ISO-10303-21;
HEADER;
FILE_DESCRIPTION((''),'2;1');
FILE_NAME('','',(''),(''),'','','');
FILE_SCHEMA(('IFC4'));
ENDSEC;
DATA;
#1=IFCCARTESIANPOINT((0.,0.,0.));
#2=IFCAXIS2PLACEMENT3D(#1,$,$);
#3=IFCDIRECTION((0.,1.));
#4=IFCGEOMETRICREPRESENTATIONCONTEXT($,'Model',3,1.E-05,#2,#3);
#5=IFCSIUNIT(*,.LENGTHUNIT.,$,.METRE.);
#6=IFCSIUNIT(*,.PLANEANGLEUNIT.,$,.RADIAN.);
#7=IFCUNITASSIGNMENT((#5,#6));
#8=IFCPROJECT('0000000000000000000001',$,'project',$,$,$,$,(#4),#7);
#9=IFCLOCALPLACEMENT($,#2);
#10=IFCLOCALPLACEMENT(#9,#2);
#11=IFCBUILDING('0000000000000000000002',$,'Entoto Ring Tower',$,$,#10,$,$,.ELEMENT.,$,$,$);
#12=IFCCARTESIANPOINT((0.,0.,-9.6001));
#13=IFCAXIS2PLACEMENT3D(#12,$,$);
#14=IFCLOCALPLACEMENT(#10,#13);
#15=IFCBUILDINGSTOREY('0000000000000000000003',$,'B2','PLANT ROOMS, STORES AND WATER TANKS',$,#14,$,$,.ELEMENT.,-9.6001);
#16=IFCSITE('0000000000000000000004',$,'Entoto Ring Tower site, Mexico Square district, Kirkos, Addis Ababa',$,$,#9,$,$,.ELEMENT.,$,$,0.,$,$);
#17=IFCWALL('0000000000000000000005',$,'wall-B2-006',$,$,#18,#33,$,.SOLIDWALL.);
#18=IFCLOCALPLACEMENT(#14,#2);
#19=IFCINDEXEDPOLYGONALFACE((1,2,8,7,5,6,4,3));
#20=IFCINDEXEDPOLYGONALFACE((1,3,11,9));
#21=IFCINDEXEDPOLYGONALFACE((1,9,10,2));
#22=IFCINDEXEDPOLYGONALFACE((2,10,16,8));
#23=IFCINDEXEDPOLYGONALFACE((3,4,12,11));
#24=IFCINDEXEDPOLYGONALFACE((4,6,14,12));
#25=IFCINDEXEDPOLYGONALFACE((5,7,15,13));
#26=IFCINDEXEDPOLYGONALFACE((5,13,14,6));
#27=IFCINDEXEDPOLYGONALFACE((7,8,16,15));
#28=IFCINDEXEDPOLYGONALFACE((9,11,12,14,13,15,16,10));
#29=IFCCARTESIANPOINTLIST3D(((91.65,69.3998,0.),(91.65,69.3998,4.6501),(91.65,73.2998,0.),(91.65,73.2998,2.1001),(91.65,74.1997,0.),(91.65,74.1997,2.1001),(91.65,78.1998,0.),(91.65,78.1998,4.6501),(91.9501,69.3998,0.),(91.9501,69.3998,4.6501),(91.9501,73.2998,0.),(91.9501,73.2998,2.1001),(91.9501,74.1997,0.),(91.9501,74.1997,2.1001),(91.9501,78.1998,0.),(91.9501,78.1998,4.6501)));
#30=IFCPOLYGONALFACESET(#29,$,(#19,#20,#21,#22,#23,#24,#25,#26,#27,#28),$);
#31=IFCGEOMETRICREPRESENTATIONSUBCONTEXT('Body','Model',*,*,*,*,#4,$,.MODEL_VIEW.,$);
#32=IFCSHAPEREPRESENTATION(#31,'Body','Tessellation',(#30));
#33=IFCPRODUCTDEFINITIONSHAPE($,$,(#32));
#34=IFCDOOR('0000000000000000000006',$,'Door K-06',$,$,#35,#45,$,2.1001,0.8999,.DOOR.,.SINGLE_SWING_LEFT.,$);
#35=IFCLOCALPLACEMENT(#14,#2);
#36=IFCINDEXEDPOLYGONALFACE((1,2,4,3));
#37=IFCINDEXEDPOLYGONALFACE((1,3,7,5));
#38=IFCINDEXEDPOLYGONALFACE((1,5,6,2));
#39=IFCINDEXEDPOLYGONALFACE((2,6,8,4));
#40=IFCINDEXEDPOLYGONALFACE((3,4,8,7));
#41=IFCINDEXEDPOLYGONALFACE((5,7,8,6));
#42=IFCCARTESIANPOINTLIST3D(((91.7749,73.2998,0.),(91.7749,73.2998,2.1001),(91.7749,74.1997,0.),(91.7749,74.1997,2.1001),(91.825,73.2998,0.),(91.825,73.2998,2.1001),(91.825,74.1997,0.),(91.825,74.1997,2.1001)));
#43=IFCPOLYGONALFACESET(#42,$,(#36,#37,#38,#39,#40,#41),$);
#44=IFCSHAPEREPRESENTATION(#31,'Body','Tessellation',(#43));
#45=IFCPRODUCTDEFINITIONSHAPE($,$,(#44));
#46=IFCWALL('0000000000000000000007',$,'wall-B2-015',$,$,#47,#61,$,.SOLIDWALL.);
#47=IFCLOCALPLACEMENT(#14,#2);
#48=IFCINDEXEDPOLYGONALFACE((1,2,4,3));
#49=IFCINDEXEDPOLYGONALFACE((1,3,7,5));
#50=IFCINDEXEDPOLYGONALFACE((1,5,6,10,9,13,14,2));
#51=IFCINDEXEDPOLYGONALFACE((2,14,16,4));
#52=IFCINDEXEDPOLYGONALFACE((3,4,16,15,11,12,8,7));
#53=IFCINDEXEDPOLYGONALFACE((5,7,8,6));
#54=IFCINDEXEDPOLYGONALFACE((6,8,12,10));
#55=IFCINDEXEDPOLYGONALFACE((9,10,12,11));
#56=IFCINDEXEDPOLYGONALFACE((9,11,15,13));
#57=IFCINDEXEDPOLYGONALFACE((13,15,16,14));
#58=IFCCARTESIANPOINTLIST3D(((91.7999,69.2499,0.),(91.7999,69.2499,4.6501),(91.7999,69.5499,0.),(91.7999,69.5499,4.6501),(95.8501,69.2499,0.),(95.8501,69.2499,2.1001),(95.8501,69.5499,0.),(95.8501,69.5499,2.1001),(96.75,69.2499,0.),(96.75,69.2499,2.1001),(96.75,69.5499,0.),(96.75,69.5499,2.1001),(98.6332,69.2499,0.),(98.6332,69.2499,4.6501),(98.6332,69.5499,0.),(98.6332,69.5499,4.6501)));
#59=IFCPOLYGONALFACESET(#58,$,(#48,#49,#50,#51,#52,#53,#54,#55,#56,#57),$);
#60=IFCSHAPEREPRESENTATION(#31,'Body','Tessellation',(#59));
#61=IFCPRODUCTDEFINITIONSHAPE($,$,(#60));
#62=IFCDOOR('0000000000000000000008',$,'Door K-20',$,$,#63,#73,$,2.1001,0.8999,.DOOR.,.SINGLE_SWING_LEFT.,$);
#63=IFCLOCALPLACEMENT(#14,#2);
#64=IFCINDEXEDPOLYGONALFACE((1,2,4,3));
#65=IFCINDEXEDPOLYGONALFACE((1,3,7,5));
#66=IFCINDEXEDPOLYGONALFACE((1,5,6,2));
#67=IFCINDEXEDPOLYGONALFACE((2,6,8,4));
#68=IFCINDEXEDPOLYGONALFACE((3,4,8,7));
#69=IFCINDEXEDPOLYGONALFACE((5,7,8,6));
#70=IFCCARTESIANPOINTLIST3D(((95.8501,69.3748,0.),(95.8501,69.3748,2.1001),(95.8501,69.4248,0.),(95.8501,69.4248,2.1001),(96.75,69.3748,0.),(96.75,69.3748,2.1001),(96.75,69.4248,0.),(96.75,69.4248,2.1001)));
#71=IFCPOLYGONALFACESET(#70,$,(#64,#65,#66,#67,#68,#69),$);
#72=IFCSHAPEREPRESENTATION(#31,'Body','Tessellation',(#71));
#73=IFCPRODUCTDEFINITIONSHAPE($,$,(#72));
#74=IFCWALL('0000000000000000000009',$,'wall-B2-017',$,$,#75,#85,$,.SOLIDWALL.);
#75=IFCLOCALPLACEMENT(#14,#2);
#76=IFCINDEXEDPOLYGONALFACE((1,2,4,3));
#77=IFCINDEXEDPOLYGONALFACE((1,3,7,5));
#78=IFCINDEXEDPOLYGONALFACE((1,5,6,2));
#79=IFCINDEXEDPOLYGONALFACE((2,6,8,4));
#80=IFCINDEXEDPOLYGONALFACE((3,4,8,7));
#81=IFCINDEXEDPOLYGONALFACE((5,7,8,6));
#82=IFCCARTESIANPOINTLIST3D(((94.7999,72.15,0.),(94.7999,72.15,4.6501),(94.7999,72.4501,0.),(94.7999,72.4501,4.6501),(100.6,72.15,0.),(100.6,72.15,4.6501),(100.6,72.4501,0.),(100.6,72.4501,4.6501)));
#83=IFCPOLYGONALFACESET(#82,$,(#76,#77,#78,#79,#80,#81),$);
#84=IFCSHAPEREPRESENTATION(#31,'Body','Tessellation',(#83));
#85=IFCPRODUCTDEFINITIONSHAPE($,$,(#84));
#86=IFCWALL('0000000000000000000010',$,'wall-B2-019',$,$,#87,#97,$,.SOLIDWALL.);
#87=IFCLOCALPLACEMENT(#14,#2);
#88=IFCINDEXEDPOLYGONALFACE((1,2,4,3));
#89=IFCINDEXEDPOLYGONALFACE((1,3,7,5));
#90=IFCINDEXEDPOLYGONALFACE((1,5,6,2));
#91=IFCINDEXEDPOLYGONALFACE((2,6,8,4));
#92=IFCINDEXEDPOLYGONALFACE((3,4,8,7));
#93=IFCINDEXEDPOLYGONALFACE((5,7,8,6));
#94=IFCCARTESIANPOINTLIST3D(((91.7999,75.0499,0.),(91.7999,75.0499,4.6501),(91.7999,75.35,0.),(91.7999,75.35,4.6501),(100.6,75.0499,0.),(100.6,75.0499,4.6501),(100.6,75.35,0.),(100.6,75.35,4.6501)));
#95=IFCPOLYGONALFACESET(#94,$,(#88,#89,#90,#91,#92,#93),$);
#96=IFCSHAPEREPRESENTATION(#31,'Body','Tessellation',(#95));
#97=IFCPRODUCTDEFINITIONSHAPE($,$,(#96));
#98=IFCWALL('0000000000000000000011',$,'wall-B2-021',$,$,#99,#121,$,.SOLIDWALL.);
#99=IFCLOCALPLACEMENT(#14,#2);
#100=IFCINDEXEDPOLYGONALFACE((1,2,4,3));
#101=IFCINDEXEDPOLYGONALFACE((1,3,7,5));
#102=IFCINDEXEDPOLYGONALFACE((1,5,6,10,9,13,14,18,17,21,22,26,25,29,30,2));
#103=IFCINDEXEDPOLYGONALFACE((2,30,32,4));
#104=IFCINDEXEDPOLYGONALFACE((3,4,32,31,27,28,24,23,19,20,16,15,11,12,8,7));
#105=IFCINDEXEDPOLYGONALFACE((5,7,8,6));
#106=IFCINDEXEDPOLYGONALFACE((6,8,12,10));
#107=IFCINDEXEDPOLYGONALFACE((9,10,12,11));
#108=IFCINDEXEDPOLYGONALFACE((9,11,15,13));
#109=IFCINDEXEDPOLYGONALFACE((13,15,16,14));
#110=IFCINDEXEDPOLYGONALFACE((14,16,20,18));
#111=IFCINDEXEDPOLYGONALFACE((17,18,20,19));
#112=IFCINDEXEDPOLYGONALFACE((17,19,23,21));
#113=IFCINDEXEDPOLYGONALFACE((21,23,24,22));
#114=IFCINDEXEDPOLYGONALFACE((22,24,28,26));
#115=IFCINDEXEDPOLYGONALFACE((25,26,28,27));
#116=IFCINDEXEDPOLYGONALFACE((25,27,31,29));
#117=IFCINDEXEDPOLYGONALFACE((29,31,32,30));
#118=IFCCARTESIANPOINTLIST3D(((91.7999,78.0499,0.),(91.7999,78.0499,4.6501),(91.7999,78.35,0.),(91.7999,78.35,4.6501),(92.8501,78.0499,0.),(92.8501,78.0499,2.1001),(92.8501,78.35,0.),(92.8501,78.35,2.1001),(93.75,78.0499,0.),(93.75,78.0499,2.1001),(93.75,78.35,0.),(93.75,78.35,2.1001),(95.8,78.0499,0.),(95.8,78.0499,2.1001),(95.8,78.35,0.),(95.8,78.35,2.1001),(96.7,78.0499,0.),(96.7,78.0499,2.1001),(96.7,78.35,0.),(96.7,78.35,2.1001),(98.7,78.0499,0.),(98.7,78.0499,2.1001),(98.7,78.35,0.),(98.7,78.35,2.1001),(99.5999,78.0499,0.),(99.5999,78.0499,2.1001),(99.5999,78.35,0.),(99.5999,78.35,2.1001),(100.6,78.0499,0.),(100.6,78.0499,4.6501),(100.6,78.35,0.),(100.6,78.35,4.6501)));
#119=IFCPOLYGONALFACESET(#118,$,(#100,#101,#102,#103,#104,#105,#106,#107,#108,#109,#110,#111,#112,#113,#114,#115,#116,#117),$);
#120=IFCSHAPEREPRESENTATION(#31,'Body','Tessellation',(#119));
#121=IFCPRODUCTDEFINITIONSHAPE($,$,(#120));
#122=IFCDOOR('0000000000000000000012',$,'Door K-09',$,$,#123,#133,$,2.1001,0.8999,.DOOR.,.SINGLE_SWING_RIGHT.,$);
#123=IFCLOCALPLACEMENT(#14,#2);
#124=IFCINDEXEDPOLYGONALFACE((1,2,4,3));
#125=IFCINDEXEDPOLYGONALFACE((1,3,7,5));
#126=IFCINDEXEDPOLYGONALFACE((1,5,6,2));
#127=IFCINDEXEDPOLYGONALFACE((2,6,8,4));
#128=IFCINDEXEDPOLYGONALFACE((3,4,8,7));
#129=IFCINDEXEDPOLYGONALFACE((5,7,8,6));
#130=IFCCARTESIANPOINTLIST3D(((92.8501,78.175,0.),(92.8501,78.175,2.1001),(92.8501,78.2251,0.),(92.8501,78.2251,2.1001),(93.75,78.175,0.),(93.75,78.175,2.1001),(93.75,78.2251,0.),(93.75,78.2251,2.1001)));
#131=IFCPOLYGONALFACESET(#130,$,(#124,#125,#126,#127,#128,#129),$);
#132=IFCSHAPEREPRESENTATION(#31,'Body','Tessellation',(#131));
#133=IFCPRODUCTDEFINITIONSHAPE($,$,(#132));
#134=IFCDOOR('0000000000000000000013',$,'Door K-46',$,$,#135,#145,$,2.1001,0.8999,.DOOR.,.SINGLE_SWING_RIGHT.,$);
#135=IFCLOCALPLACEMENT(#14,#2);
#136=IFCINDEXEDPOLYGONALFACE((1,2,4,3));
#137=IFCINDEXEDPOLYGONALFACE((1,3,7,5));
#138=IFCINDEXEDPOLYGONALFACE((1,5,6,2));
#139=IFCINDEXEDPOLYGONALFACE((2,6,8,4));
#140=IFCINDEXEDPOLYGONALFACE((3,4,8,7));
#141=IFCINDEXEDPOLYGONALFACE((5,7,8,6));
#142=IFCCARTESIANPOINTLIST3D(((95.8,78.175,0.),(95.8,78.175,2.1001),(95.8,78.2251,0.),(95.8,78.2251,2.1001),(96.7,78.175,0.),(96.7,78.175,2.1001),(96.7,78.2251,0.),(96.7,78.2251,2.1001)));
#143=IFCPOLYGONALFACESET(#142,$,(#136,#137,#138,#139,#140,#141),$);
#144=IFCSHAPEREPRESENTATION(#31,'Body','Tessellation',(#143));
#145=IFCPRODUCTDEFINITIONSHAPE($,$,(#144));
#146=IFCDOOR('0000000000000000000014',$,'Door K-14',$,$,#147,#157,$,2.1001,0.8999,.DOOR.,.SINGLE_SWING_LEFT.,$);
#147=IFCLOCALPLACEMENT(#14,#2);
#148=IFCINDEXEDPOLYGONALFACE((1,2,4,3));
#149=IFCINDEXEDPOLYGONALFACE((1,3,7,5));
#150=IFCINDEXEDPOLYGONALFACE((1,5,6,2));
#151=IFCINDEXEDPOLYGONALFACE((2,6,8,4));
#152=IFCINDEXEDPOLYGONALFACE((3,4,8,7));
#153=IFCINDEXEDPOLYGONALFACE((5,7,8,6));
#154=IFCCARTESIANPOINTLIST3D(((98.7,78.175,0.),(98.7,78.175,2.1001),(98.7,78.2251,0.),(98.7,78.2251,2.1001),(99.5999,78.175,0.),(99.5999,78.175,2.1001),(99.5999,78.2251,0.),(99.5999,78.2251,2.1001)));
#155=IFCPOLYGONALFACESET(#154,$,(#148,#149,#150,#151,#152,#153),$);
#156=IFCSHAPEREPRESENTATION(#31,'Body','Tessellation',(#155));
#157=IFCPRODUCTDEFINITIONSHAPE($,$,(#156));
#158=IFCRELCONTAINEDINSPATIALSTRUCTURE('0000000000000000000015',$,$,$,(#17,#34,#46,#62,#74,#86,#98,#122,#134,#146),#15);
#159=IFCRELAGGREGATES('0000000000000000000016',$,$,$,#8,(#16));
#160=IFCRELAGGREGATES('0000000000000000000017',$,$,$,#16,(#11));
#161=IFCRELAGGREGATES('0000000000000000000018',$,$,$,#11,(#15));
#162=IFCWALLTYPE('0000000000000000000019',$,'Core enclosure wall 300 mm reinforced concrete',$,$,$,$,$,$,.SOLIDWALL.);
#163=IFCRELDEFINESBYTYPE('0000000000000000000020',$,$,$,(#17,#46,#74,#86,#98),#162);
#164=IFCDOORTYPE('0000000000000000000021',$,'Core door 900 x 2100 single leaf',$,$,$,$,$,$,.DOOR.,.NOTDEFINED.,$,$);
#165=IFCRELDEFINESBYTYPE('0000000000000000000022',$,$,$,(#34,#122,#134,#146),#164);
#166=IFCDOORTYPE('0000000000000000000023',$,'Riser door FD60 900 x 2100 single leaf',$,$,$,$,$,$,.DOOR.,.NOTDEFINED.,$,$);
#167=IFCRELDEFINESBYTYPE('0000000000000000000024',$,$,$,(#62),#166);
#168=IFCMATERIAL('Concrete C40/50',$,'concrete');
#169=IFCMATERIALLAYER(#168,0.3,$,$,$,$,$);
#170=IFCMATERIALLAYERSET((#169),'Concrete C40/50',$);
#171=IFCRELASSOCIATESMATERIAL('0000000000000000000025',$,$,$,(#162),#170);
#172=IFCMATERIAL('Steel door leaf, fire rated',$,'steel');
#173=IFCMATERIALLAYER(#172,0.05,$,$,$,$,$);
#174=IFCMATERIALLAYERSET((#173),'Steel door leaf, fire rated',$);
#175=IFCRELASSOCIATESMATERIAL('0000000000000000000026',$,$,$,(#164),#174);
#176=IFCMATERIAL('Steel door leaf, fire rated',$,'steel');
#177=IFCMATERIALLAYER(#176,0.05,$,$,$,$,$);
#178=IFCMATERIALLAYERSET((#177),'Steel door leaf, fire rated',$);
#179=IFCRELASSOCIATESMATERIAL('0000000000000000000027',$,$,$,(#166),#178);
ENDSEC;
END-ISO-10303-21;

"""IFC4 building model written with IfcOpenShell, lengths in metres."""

from ifc_helpers import new_model, si_unit, direction, frame, frame_2d, origin, place, context, subcontext, project, spatial, rectangle, extrude, material, layer, layer_set, type_object, element, fill, save


model = new_model("IFC4")

# Units and contexts
model_context = context("Model", 3, precision=1e-05, world=origin(), true_north=direction((0.0, 1.0)))
body_context = subcontext(model_context, "Body", "Model", "MODEL_VIEW")
ifc_project = project(units=[si_unit("LENGTHUNIT", "METRE"), si_unit("PLANEANGLEUNIT", "RADIAN")], contexts=[model_context])

# Site, building, storey
site_placement = place(None, origin())
site = spatial("IfcSite", under=ifc_project, at=site_placement, Name="Entoto Ring Tower site, Mexico Square district, Kirkos, Addis Ababa", CompositionType="ELEMENT", RefElevation=0.0)
building_placement = place(site_placement, origin())
building = spatial("IfcBuilding", under=site, at=building_placement, Name="Entoto Ring Tower", CompositionType="ELEMENT")
storey_placement = place(building_placement, frame((0.0, 0.0, -9.6001)))
storey = spatial("IfcBuildingStorey", under=building, at=storey_placement, Name="B2", Description="PLANT ROOMS, STORES AND WATER TANKS", CompositionType="ELEMENT", Elevation=-9.6001)

# Shared definitions
ifc_material_1 = material(Name="Concrete C40/50", Category="concrete")
ifc_layer_1 = layer(ifc_material_1, 0.3)
ifc_layer_set_1 = layer_set([ifc_layer_1], Name="Concrete C40/50")
wall_type_1 = type_object("IfcWallType", Name="Core enclosure wall 300 mm reinforced concrete", PredefinedType="SOLIDWALL", material=ifc_layer_set_1)

# Walls, openings, doors
wall_1_placement = place(storey_placement, frame((91.8, 69.3999, 0.0), z_axis=(0.0, 0.0, 1.0), x_axis=(0.0, 1.0, 0.0)))
wall_1 = element("IfcWall", 1, at=wall_1_placement, inside=storey, type_object=wall_type_1, Name="wall-B2-006", PredefinedType="SOLIDWALL", context=body_context, shape_type="SweptSolid", body=[
    extrude(rectangle(XDim=8.8, YDim=0.3, at=frame_2d((4.3999, 0.0))), origin(), (0.0, 0.0, 1.0), 4.6501),
])
opening_1_placement = place(wall_1_placement, frame((3.8999, 0.0, 0.0)))
opening_1 = element("IfcOpeningElement", 2, at=opening_1_placement, cuts=wall_1, PredefinedType="OPENING", context=body_context, shape_type="SweptSolid", body=[
    extrude(rectangle(XDim=0.8999, YDim=2.1001, at=frame_2d((0.45, 1.05))), frame((0.0, 0.1602, 0.0), z_axis=(0.0, -1.0, 0.0), x_axis=(1.0, 0.0, 0.0)), (0.0, 0.0, 1.0), 0.3201),
])
ifc_material_2 = material(Name="Steel door leaf, fire rated", Category="steel")
ifc_layer_2 = layer(ifc_material_2, 0.05)
ifc_layer_set_2 = layer_set([ifc_layer_2], Name="Steel door leaf, fire rated")
door_type_1 = type_object("IfcDoorType", Name="Core door 900 x 2100 single leaf", OperationType="NOTDEFINED", PredefinedType="DOOR", material=ifc_layer_set_2)
door_1_placement = place(opening_1_placement, frame((0.8999, 0.0, 0.0), z_axis=(0.0, 0.0, 1.0), x_axis=(-1.0, 0.0, 0.0)))
door_1 = element("IfcDoor", 3, at=door_1_placement, inside=storey, type_object=door_type_1, Name="Door K-06", OperationType="SINGLE_SWING_LEFT", OverallHeight=2.1001, OverallWidth=0.8999, PredefinedType="DOOR", context=body_context, shape_type="SweptSolid", body=[
    extrude(rectangle(XDim=0.8999, YDim=2.1001, at=frame_2d((0.45, 1.05))), frame((0.0, 0.0249, 0.0), z_axis=(0.0, -1.0, 0.0), x_axis=(1.0, 0.0, 0.0)), (0.0, 0.0, 1.0), 0.05),
])
fill(opening_1, door_1)
wall_2_placement = place(storey_placement, frame((91.8, 69.3999, 0.0), z_axis=(0.0, 0.0, 1.0), x_axis=(1.0, 0.0, 0.0)))
wall_2 = element("IfcWall", 4, at=wall_2_placement, inside=storey, type_object=wall_type_1, Name="wall-B2-015", PredefinedType="SOLIDWALL", context=body_context, shape_type="SweptSolid", body=[
    extrude(rectangle(XDim=6.8333, YDim=0.3, at=frame_2d((3.4165, 0.0))), origin(), (0.0, 0.0, 1.0), 4.6501),
])
opening_2_placement = place(wall_2_placement, frame((4.05, 0.0, 0.0)))
opening_2 = element("IfcOpeningElement", 5, at=opening_2_placement, cuts=wall_2, PredefinedType="OPENING", context=body_context, shape_type="SweptSolid", body=[
    extrude(rectangle(XDim=0.8999, YDim=2.1001, at=frame_2d((0.45, 1.05))), frame((0.0, 0.1602, 0.0), z_axis=(0.0, -1.0, 0.0), x_axis=(1.0, 0.0, 0.0)), (0.0, 0.0, 1.0), 0.3201),
])
ifc_material_3 = material(Name="Steel door leaf, fire rated", Category="steel")
ifc_layer_3 = layer(ifc_material_3, 0.05)
ifc_layer_set_3 = layer_set([ifc_layer_3], Name="Steel door leaf, fire rated")
door_type_2 = type_object("IfcDoorType", Name="Riser door FD60 900 x 2100 single leaf", OperationType="NOTDEFINED", PredefinedType="DOOR", material=ifc_layer_set_3)
door_2_placement = place(opening_2_placement, origin())
door_2 = element("IfcDoor", 6, at=door_2_placement, inside=storey, type_object=door_type_2, Name="Door K-20", OperationType="SINGLE_SWING_LEFT", OverallHeight=2.1001, OverallWidth=0.8999, PredefinedType="DOOR", context=body_context, shape_type="SweptSolid", body=[
    extrude(rectangle(XDim=0.8999, YDim=2.1001, at=frame_2d((0.45, 1.05))), frame((0.0, 0.0249, 0.0), z_axis=(0.0, -1.0, 0.0), x_axis=(1.0, 0.0, 0.0)), (0.0, 0.0, 1.0), 0.05),
])
fill(opening_2, door_2)

# Walls
wall_3_placement = place(storey_placement, frame((94.8, 72.3, 0.0), z_axis=(0.0, 0.0, 1.0), x_axis=(1.0, 0.0, 0.0)))
element("IfcWall", 7, at=wall_3_placement, inside=storey, type_object=wall_type_1, Name="wall-B2-017", PredefinedType="SOLIDWALL", context=body_context, shape_type="SweptSolid", body=[
    extrude(rectangle(XDim=5.8, YDim=0.3, at=frame_2d((2.8999, 0.0))), origin(), (0.0, 0.0, 1.0), 4.6501),
])
wall_4_placement = place(storey_placement, frame((91.8, 75.2, 0.0), z_axis=(0.0, 0.0, 1.0), x_axis=(1.0, 0.0, 0.0)))
element("IfcWall", 8, at=wall_4_placement, inside=storey, type_object=wall_type_1, Name="wall-B2-019", PredefinedType="SOLIDWALL", context=body_context, shape_type="SweptSolid", body=[
    extrude(rectangle(XDim=8.8, YDim=0.3, at=frame_2d((4.3999, 0.0))), origin(), (0.0, 0.0, 1.0), 4.6501),
])

# Wall, openings, doors
wall_5_placement = place(storey_placement, frame((91.8, 78.2, 0.0), z_axis=(0.0, 0.0, 1.0), x_axis=(1.0, 0.0, 0.0)))
wall_5 = element("IfcWall", 9, at=wall_5_placement, inside=storey, type_object=wall_type_1, Name="wall-B2-021", PredefinedType="SOLIDWALL", context=body_context, shape_type="SweptSolid", body=[
    extrude(rectangle(XDim=8.8, YDim=0.3, at=frame_2d((4.3999, 0.0))), origin(), (0.0, 0.0, 1.0), 4.6501),
])
opening_3_placement = place(wall_5_placement, frame((1.05, 0.0, 0.0)))
opening_3 = element("IfcOpeningElement", 10, at=opening_3_placement, cuts=wall_5, PredefinedType="OPENING", context=body_context, shape_type="SweptSolid", body=[
    extrude(rectangle(XDim=0.8999, YDim=2.1001, at=frame_2d((0.45, 1.05))), frame((0.0, 0.1602, 0.0), z_axis=(0.0, -1.0, 0.0), x_axis=(1.0, 0.0, 0.0)), (0.0, 0.0, 1.0), 0.3201),
])
opening_4_placement = place(wall_5_placement, frame((4.0, 0.0, 0.0)))
opening_4 = element("IfcOpeningElement", 11, at=opening_4_placement, cuts=wall_5, PredefinedType="OPENING", context=body_context, shape_type="SweptSolid", body=[
    extrude(rectangle(XDim=0.8999, YDim=2.1001, at=frame_2d((0.45, 1.05))), frame((0.0, 0.1602, 0.0), z_axis=(0.0, -1.0, 0.0), x_axis=(1.0, 0.0, 0.0)), (0.0, 0.0, 1.0), 0.3201),
])
opening_5_placement = place(wall_5_placement, frame((6.8999, 0.0, 0.0)))
opening_5 = element("IfcOpeningElement", 12, at=opening_5_placement, cuts=wall_5, PredefinedType="OPENING", context=body_context, shape_type="SweptSolid", body=[
    extrude(rectangle(XDim=0.8999, YDim=2.1001, at=frame_2d((0.45, 1.05))), frame((0.0, 0.1602, 0.0), z_axis=(0.0, -1.0, 0.0), x_axis=(1.0, 0.0, 0.0)), (0.0, 0.0, 1.0), 0.3201),
])
door_3_placement = place(opening_3_placement, frame((0.8999, 0.0, 0.0), z_axis=(0.0, 0.0, 1.0), x_axis=(-1.0, 0.0, 0.0)))
door_3 = element("IfcDoor", 13, at=door_3_placement, inside=storey, type_object=door_type_1, Name="Door K-09", OperationType="SINGLE_SWING_RIGHT", OverallHeight=2.1001, OverallWidth=0.8999, PredefinedType="DOOR", context=body_context, shape_type="SweptSolid", body=[
    extrude(rectangle(XDim=0.8999, YDim=2.1001, at=frame_2d((0.45, 1.05))), frame((0.0, 0.0249, 0.0), z_axis=(0.0, -1.0, 0.0), x_axis=(1.0, 0.0, 0.0)), (0.0, 0.0, 1.0), 0.05),
])
fill(opening_3, door_3)
door_4_placement = place(opening_4_placement, frame((0.8999, 0.0, 0.0), z_axis=(0.0, 0.0, 1.0), x_axis=(-1.0, 0.0, 0.0)))
door_4 = element("IfcDoor", 14, at=door_4_placement, inside=storey, type_object=door_type_1, Name="Door K-46", OperationType="SINGLE_SWING_RIGHT", OverallHeight=2.1001, OverallWidth=0.8999, PredefinedType="DOOR", context=body_context, shape_type="SweptSolid", body=[
    extrude(rectangle(XDim=0.8999, YDim=2.1001, at=frame_2d((0.45, 1.05))), frame((0.0, 0.0249, 0.0), z_axis=(0.0, -1.0, 0.0), x_axis=(1.0, 0.0, 0.0)), (0.0, 0.0, 1.0), 0.05),
])
fill(opening_4, door_4)
door_5_placement = place(opening_5_placement, frame((0.8999, 0.0, 0.0), z_axis=(0.0, 0.0, 1.0), x_axis=(-1.0, 0.0, 0.0)))
door_5 = element("IfcDoor", 15, at=door_5_placement, inside=storey, type_object=door_type_1, Name="Door K-14", OperationType="SINGLE_SWING_LEFT", OverallHeight=2.1001, OverallWidth=0.8999, PredefinedType="DOOR", context=body_context, shape_type="SweptSolid", body=[
    extrude(rectangle(XDim=0.8999, YDim=2.1001, at=frame_2d((0.45, 1.05))), frame((0.0, 0.0249, 0.0), z_axis=(0.0, -1.0, 0.0), x_axis=(1.0, 0.0, 0.0)), (0.0, 0.0, 1.0), 0.05),
])
fill(opening_5, door_5)

save(model, "model.ifc")
